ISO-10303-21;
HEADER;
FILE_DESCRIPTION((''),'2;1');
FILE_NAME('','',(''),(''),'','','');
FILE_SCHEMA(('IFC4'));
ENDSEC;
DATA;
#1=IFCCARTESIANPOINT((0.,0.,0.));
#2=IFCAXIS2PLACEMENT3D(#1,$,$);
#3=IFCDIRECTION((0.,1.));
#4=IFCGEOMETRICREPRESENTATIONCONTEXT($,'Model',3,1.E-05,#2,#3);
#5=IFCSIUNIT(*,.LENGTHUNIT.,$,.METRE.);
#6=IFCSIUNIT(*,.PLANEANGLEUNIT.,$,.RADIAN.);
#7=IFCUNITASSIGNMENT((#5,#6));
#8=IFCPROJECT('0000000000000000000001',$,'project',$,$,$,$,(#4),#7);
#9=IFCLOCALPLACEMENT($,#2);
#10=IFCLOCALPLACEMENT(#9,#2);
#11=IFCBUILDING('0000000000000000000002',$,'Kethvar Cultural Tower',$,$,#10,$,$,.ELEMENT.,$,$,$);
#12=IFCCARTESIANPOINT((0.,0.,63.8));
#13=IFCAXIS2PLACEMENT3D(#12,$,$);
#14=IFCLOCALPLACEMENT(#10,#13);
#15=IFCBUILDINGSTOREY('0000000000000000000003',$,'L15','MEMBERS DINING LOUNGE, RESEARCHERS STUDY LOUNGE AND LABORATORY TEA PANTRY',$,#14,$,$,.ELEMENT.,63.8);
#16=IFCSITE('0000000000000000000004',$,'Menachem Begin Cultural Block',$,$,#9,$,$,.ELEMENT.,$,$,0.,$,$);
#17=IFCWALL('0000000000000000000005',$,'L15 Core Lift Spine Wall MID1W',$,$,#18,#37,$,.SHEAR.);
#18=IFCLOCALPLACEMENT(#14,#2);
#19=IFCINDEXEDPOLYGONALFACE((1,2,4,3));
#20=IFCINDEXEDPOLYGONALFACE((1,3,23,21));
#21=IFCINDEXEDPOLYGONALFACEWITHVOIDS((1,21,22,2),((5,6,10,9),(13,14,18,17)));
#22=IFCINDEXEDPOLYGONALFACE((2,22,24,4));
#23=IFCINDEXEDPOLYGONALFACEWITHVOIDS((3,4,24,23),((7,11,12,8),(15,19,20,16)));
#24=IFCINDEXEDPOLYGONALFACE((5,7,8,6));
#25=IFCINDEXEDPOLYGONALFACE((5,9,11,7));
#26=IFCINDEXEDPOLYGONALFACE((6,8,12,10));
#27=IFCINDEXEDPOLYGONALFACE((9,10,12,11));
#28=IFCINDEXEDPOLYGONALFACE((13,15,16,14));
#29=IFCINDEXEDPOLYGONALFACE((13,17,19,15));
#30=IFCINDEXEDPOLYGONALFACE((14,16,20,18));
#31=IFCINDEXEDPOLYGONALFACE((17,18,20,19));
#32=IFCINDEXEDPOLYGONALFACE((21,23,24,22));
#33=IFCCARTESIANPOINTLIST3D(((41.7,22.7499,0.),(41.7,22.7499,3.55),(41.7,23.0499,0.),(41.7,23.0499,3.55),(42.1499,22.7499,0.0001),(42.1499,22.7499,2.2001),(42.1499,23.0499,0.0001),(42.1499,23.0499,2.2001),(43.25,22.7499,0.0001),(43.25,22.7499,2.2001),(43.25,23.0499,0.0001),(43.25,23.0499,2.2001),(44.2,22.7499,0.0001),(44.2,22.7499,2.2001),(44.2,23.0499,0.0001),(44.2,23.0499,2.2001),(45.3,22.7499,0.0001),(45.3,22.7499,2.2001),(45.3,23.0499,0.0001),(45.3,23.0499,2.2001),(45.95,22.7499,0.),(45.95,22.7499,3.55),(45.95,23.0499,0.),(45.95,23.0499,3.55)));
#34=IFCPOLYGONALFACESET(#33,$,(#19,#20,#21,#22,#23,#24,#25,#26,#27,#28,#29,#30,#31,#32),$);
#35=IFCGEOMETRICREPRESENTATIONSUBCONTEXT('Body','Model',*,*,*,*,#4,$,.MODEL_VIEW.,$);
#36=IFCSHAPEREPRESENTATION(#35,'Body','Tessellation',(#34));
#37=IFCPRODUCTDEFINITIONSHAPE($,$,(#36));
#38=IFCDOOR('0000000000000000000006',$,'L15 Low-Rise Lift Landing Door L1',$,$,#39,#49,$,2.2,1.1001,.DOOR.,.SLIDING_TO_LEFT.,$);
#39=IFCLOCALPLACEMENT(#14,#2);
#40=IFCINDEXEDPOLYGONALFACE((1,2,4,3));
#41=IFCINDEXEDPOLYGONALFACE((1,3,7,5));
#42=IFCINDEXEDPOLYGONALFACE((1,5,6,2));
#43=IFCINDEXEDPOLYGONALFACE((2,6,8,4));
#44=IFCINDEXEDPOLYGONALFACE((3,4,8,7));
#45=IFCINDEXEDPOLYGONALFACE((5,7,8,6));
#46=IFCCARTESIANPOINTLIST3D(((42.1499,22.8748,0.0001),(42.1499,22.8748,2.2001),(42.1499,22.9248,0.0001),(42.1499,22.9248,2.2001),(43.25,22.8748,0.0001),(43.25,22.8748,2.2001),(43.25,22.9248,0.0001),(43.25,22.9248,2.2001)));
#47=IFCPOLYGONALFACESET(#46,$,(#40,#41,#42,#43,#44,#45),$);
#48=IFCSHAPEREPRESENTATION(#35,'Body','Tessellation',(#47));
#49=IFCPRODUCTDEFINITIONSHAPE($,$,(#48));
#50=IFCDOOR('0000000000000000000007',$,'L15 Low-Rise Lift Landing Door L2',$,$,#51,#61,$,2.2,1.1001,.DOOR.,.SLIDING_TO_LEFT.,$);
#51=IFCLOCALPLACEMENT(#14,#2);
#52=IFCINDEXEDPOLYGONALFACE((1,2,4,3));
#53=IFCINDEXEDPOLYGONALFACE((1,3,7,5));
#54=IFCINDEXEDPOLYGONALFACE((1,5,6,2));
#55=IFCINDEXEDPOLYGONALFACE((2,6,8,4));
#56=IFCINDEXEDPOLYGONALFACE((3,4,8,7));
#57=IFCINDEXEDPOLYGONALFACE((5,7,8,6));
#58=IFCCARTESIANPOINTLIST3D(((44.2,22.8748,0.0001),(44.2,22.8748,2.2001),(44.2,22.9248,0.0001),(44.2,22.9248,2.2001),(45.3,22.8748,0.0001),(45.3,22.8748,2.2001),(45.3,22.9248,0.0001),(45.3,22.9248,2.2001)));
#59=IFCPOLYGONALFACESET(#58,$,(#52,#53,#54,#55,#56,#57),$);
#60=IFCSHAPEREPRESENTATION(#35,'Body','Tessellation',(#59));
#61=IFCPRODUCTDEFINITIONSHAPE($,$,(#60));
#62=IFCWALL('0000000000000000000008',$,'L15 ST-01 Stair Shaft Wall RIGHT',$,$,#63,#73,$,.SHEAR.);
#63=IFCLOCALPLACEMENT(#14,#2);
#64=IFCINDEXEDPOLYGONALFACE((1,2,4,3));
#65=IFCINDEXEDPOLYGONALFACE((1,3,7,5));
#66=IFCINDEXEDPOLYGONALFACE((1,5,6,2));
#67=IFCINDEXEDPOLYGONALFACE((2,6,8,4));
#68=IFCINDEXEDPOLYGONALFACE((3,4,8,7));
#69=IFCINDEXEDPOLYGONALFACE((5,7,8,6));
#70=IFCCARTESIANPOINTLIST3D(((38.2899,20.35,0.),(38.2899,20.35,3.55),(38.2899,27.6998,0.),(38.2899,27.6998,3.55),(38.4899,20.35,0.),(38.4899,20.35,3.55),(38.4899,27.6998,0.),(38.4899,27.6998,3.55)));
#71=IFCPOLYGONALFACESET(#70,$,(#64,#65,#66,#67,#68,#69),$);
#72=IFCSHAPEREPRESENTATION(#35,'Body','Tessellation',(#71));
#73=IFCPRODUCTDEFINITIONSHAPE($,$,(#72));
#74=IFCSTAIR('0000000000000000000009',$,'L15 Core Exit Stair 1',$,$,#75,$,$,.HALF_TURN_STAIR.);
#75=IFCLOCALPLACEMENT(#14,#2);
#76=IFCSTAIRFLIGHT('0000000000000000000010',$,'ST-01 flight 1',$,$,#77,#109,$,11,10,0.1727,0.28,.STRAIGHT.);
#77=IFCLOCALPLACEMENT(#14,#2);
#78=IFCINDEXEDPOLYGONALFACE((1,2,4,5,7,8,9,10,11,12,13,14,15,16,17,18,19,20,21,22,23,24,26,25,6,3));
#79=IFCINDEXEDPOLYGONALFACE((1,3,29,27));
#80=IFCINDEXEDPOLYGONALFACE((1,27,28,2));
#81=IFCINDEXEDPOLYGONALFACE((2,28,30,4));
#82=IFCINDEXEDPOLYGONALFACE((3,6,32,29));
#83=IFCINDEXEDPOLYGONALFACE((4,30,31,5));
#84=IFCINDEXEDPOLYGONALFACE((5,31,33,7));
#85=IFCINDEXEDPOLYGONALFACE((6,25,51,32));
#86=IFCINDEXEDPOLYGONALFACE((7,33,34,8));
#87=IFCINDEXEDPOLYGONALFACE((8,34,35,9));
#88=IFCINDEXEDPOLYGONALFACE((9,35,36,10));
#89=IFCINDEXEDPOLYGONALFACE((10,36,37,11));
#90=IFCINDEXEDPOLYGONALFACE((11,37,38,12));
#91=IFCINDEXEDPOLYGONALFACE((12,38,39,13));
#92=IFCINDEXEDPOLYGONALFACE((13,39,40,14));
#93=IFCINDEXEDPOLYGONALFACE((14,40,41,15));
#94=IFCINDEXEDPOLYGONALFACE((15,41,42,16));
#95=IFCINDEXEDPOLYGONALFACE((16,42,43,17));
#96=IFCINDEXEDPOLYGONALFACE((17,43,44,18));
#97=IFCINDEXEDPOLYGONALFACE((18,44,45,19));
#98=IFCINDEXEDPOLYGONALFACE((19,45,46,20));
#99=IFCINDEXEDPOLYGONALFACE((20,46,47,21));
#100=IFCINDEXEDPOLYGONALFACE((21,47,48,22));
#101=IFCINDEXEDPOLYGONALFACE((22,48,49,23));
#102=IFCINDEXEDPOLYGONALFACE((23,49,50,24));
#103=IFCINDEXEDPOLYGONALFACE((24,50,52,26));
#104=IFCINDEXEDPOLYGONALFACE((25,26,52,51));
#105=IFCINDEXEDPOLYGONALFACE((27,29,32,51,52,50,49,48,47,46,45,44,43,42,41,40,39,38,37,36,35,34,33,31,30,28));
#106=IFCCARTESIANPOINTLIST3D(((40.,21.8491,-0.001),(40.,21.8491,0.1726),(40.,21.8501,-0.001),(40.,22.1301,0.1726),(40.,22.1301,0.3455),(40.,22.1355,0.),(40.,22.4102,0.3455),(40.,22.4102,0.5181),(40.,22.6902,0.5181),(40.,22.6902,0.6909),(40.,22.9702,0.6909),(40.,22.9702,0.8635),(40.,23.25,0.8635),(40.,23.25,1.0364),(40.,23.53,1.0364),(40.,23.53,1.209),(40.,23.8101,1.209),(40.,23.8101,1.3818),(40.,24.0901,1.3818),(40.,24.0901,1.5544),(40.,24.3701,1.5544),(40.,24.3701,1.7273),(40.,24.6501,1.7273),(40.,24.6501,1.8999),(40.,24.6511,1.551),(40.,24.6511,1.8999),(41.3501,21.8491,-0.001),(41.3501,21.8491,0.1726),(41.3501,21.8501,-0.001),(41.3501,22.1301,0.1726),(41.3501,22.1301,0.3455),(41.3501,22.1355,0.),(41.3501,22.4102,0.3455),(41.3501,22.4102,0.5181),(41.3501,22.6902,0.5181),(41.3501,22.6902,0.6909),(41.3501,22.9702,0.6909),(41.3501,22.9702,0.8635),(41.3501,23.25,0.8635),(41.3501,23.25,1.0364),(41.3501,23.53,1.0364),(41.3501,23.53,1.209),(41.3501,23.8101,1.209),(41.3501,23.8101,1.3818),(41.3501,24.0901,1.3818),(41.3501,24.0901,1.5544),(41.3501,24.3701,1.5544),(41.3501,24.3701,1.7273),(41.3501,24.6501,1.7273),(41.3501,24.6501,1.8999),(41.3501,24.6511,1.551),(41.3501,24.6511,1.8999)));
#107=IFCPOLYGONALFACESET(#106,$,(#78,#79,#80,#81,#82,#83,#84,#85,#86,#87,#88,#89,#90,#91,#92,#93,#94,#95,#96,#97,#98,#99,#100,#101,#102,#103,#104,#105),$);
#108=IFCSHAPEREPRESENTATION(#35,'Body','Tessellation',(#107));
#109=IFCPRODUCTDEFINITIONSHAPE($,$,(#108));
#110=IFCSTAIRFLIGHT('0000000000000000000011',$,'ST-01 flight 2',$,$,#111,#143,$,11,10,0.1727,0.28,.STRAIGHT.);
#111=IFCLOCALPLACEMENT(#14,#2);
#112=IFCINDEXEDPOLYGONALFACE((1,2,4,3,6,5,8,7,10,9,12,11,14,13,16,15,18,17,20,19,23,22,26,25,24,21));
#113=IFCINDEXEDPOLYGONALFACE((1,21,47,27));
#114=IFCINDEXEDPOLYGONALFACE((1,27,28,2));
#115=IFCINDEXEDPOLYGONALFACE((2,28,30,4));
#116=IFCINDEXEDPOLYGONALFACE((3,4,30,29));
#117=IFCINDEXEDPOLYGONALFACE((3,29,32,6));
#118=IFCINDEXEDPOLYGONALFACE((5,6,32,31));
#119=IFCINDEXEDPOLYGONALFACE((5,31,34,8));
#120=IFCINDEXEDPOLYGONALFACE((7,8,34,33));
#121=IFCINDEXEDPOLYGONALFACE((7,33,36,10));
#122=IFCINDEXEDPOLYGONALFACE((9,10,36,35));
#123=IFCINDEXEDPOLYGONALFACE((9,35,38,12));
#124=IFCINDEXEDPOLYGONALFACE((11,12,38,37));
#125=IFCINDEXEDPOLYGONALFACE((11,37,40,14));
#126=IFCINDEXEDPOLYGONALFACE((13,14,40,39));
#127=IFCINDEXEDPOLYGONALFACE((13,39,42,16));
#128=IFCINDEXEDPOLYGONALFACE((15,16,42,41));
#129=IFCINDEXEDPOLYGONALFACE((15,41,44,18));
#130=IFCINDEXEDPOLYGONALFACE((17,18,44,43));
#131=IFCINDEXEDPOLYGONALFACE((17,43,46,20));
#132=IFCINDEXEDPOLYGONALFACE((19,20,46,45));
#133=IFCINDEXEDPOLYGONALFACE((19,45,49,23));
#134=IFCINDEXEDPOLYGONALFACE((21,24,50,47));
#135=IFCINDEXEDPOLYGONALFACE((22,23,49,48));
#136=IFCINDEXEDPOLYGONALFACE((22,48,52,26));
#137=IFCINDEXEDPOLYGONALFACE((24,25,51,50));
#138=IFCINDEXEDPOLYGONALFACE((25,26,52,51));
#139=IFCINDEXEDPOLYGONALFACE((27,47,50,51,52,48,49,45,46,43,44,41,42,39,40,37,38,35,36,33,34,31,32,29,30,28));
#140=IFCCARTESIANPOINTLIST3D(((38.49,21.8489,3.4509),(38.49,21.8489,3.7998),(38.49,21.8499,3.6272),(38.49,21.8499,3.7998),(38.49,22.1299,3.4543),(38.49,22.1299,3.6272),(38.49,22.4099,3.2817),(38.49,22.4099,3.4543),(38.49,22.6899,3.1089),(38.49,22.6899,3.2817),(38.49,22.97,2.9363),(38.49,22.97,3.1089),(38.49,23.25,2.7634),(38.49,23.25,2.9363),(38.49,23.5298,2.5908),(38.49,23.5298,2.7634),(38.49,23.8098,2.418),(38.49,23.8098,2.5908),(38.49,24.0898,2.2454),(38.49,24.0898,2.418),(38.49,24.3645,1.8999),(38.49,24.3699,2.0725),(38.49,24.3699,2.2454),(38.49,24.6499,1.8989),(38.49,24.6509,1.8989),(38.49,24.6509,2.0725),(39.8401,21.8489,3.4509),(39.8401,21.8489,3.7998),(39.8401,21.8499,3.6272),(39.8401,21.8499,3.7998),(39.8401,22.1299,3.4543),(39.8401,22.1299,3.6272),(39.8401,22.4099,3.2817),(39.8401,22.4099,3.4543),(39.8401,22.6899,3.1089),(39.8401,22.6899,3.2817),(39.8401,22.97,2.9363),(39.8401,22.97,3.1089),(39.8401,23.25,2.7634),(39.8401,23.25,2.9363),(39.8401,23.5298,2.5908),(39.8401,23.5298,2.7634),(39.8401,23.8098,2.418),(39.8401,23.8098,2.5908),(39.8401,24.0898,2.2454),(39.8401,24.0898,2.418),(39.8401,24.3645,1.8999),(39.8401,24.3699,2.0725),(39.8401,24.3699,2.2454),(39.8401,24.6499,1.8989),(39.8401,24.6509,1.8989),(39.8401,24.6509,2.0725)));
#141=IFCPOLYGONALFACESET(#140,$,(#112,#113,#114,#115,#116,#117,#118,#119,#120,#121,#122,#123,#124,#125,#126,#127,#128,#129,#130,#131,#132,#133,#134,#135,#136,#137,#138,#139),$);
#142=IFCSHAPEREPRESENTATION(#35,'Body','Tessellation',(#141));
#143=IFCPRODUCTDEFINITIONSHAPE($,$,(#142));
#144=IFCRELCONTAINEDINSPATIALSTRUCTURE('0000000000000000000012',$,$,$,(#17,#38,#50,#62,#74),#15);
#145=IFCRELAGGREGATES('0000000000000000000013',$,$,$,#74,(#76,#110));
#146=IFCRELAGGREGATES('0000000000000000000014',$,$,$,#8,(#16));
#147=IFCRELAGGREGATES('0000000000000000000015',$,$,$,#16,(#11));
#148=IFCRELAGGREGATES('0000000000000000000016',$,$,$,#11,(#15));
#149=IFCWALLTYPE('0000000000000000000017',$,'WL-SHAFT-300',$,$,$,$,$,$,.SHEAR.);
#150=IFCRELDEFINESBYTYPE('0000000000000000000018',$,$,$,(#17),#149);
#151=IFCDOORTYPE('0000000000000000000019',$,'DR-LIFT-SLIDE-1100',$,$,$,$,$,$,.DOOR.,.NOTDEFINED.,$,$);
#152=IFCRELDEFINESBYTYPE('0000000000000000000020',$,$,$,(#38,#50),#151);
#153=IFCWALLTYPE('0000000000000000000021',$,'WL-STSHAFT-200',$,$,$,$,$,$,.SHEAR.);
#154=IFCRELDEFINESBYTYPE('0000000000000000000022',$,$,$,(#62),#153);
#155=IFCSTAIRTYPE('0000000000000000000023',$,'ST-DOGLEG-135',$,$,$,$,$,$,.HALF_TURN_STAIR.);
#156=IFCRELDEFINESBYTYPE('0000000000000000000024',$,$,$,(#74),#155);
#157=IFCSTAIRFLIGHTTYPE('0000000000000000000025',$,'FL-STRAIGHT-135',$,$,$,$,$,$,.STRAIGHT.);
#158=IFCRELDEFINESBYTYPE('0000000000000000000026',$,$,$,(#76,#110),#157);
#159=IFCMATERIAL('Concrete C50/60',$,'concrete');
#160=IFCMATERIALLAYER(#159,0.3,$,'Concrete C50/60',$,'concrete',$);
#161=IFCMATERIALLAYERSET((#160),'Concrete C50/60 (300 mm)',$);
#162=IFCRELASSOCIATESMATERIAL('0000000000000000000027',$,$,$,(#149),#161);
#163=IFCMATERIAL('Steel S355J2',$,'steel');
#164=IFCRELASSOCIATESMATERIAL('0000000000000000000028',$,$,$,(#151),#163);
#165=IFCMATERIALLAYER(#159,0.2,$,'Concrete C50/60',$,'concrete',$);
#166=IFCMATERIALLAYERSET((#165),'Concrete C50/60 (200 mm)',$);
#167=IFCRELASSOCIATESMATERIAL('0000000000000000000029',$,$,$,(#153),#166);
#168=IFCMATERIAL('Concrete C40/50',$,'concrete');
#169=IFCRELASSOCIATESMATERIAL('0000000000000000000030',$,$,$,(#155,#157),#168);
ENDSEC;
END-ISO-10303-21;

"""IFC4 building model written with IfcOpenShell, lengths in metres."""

from ifc_helpers import new_model, si_unit, direction, frame, frame_2d, origin, place, context, subcontext, project, spatial, polyline, rectangle, outline, extrude, source, transform, mapped, material, layer, layer_set, type_object, element, fill, aggregate, save


model = new_model("IFC4")

# Units and contexts
model_context = context("Model", 3, precision=1e-05, world=origin(), true_north=direction((0.0, 1.0)))
body_context = subcontext(model_context, "Body", "Model", "MODEL_VIEW")
ifc_project = project(units=[si_unit("LENGTHUNIT", "METRE"), si_unit("PLANEANGLEUNIT", "RADIAN")], contexts=[model_context])

# Site, building, storey
site_placement = place(None, origin())
site = spatial("IfcSite", under=ifc_project, at=site_placement, Name="Menachem Begin Cultural Block", CompositionType="ELEMENT", RefElevation=0.0)
building_placement = place(site_placement, origin())
building = spatial("IfcBuilding", under=site, at=building_placement, Name="Kethvar Cultural Tower", CompositionType="ELEMENT")
storey_placement = place(building_placement, frame((0.0, 0.0, 63.8)))
storey = spatial("IfcBuildingStorey", under=building, at=storey_placement, Name="L15", Description="MEMBERS DINING LOUNGE, RESEARCHERS STUDY LOUNGE AND LABORATORY TEA PANTRY", CompositionType="ELEMENT", Elevation=63.8)

# Shared definitions
ifc_material_1 = material(Name="Steel S355J2", Category="steel")

# Wall, openings, doors
ifc_material_2 = material(Name="Concrete C50/60", Category="concrete")
ifc_layer_1 = layer(ifc_material_2, 0.3, Name="Concrete C50/60", Category="concrete")
ifc_layer_set_1 = layer_set([ifc_layer_1], Name="Concrete C50/60 (300 mm)")
wall_type_1 = type_object("IfcWallType", Name="WL-SHAFT-300", PredefinedType="SHEAR", material=ifc_layer_set_1)
wall_1_placement = place(storey_placement, frame((41.7, 22.8999, 0.0), z_axis=(0.0, 0.0, 1.0), x_axis=(1.0, 0.0, 0.0)))
wall_1 = element("IfcWall", 1, at=wall_1_placement, inside=storey, type_object=wall_type_1, Name="L15 Core Lift Spine Wall MID1W", PredefinedType="SHEAR", context=body_context, shape_type="SweptSolid", body=[
    extrude(rectangle(XDim=4.25, YDim=0.3, at=frame_2d((2.125, 0.0))), origin(), (0.0, 0.0, 1.0), 3.55),
])
opening_1_placement = place(wall_1_placement, frame((0.45, 0.0, 0.0)))
opening_1 = element("IfcOpeningElement", 2, at=opening_1_placement, cuts=wall_1, PredefinedType="OPENING", context=body_context, shape_type="SweptSolid", body=[
    extrude(rectangle(XDim=1.1001, YDim=2.2, at=frame_2d((0.55, 1.1001))), frame((0.0, 0.1599, 0.0), z_axis=(0.0, -1.0, 0.0), x_axis=(1.0, 0.0, 0.0)), (0.0, 0.0, 1.0), 0.3201),
])
opening_2_placement = place(wall_1_placement, frame((2.5, 0.0, 0.0)))
opening_2 = element("IfcOpeningElement", 3, at=opening_2_placement, cuts=wall_1, PredefinedType="OPENING", context=body_context, shape_type="SweptSolid", body=[
    extrude(rectangle(XDim=1.1001, YDim=2.2, at=frame_2d((0.55, 1.1001))), frame((0.0, 0.1599, 0.0), z_axis=(0.0, -1.0, 0.0), x_axis=(1.0, 0.0, 0.0)), (0.0, 0.0, 1.0), 0.3201),
])
door_type_1 = type_object("IfcDoorType", Name="DR-LIFT-SLIDE-1100", OperationType="NOTDEFINED", PredefinedType="DOOR", material=ifc_material_1)
shared_shape_1 = source(origin(), body_context, "Body", "SweptSolid", [
    extrude(rectangle(XDim=1.1001, YDim=2.2, at=frame_2d((0.55, 1.1001))), frame((0.0, 0.0249, 0.0), z_axis=(0.0, -1.0, 0.0), x_axis=(1.0, 0.0, 0.0)), (0.0, 0.0, 1.0), 0.05),
])
door_1_placement = place(opening_1_placement, origin())
door_1 = element("IfcDoor", 4, at=door_1_placement, inside=storey, type_object=door_type_1, Name="L15 Low-Rise Lift Landing Door L1", OperationType="SLIDING_TO_LEFT", OverallHeight=2.2, OverallWidth=1.1001, PredefinedType="DOOR", context=body_context, shape_type="MappedRepresentation", body=[
    mapped(shared_shape_1, transform((0.0, 0.0, 0.0), scale=1.0)),
])
fill(opening_1, door_1)
door_2_placement = place(opening_2_placement, origin())
door_2 = element("IfcDoor", 5, at=door_2_placement, inside=storey, type_object=door_type_1, Name="L15 Low-Rise Lift Landing Door L2", OperationType="SLIDING_TO_LEFT", OverallHeight=2.2, OverallWidth=1.1001, PredefinedType="DOOR", context=body_context, shape_type="MappedRepresentation", body=[
    mapped(shared_shape_1, transform((0.0, 0.0, 0.0), scale=1.0)),
])
fill(opening_2, door_2)

# Wall
ifc_layer_2 = layer(ifc_material_2, 0.2, Name="Concrete C50/60", Category="concrete")
ifc_layer_set_2 = layer_set([ifc_layer_2], Name="Concrete C50/60 (200 mm)")
wall_type_2 = type_object("IfcWallType", Name="WL-STSHAFT-200", PredefinedType="SHEAR", material=ifc_layer_set_2)
wall_2_placement = place(storey_placement, frame((38.3899, 20.3501, 0.0), z_axis=(0.0, 0.0, 1.0), x_axis=(0.0, 1.0, 0.0)))
element("IfcWall", 6, at=wall_2_placement, inside=storey, type_object=wall_type_2, Name="L15 ST-01 Stair Shaft Wall RIGHT", PredefinedType="SHEAR", context=body_context, shape_type="SweptSolid", body=[
    extrude(rectangle(XDim=7.3499, YDim=0.2, at=frame_2d((3.6748, 0.0))), origin(), (0.0, 0.0, 1.0), 3.55),
])

# Stair, stair flights
ifc_material_3 = material(Name="Concrete C40/50", Category="concrete")
stair_type = type_object("IfcStairType", Name="ST-DOGLEG-135", PredefinedType="HALF_TURN_STAIR", material=ifc_material_3)
stair_placement = place(storey_placement, origin())
stair = element("IfcStair", 7, at=stair_placement, inside=storey, type_object=stair_type, Name="L15 Core Exit Stair 1", PredefinedType="HALF_TURN_STAIR")
stair_flight_type = type_object("IfcStairFlightType", Name="FL-STRAIGHT-135", PredefinedType="STRAIGHT", material=ifc_material_3)
stair_flight_1_placement = place(storey_placement, frame((40.675, 21.8501, 0.0), z_axis=(0.0, 0.0, 1.0), x_axis=(0.0, 1.0, 0.0)))
stair_flight_1 = element("IfcStairFlight", 8, at=stair_flight_1_placement, type_object=stair_flight_type, Name="ST-01 flight 1", NumberOfRisers=11, NumberOfTreads=10, PredefinedType="STRAIGHT", RiserHeight=0.1727, TreadLength=0.28, context=body_context, shape_type="SweptSolid", body=[
    extrude(outline(polyline([(-0.001, -0.001), (-0.001, 0.1726), (0.28, 0.1726), (0.28, 0.3455), (0.5601, 0.3455), (0.5601, 0.5181), (0.8401, 0.5181), (0.8401, 0.6909), (1.1201, 0.6909), (1.1201, 0.8635), (1.3999, 0.8635), (1.3999, 1.0364), (1.6799, 1.0364), (1.6799, 1.209), (1.96, 1.209), (1.96, 1.3818), (2.24, 1.3818), (2.24, 1.5544), (2.52, 1.5544), (2.52, 1.7273), (2.8, 1.7273), (2.8, 1.8999), (2.801, 1.8999), (2.801, 1.551), (0.2854, 0.0), (0.0, -0.001), (-0.001, -0.001)])), frame((0.0, 0.675, 0.0), z_axis=(0.0, -1.0, 0.0), x_axis=(1.0, 0.0, 0.0)), (0.0, 0.0, 1.0), 1.3501),
])
stair_flight_2_placement = place(storey_placement, frame((39.165, 24.6499, 1.8999), z_axis=(0.0, 0.0, 1.0), x_axis=(0.0, -1.0, 0.0)))
stair_flight_2 = element("IfcStairFlight", 9, at=stair_flight_2_placement, type_object=stair_flight_type, Name="ST-01 flight 2", NumberOfRisers=11, NumberOfTreads=10, PredefinedType="STRAIGHT", RiserHeight=0.1727, TreadLength=0.28, context=body_context, shape_type="SweptSolid", body=[
    extrude(outline(polyline([(-0.001, -0.001), (-0.001, 0.1726), (0.28, 0.1726), (0.28, 0.3455), (0.5601, 0.3455), (0.5601, 0.5181), (0.8401, 0.5181), (0.8401, 0.6909), (1.1201, 0.6909), (1.1201, 0.8635), (1.3999, 0.8635), (1.3999, 1.0364), (1.6799, 1.0364), (1.6799, 1.209), (1.96, 1.209), (1.96, 1.3818), (2.24, 1.3818), (2.24, 1.5544), (2.52, 1.5544), (2.52, 1.7273), (2.8, 1.7273), (2.8, 1.8999), (2.801, 1.8999), (2.801, 1.551), (0.2854, 0.0), (0.0, -0.001), (-0.001, -0.001)])), frame((0.0, 0.675, 0.0), z_axis=(0.0, -1.0, 0.0), x_axis=(1.0, 0.0, 0.0)), (0.0, 0.0, 1.0), 1.3501),
])
aggregate(stair, [stair_flight_1, stair_flight_2])

save(model, "model.ifc")
